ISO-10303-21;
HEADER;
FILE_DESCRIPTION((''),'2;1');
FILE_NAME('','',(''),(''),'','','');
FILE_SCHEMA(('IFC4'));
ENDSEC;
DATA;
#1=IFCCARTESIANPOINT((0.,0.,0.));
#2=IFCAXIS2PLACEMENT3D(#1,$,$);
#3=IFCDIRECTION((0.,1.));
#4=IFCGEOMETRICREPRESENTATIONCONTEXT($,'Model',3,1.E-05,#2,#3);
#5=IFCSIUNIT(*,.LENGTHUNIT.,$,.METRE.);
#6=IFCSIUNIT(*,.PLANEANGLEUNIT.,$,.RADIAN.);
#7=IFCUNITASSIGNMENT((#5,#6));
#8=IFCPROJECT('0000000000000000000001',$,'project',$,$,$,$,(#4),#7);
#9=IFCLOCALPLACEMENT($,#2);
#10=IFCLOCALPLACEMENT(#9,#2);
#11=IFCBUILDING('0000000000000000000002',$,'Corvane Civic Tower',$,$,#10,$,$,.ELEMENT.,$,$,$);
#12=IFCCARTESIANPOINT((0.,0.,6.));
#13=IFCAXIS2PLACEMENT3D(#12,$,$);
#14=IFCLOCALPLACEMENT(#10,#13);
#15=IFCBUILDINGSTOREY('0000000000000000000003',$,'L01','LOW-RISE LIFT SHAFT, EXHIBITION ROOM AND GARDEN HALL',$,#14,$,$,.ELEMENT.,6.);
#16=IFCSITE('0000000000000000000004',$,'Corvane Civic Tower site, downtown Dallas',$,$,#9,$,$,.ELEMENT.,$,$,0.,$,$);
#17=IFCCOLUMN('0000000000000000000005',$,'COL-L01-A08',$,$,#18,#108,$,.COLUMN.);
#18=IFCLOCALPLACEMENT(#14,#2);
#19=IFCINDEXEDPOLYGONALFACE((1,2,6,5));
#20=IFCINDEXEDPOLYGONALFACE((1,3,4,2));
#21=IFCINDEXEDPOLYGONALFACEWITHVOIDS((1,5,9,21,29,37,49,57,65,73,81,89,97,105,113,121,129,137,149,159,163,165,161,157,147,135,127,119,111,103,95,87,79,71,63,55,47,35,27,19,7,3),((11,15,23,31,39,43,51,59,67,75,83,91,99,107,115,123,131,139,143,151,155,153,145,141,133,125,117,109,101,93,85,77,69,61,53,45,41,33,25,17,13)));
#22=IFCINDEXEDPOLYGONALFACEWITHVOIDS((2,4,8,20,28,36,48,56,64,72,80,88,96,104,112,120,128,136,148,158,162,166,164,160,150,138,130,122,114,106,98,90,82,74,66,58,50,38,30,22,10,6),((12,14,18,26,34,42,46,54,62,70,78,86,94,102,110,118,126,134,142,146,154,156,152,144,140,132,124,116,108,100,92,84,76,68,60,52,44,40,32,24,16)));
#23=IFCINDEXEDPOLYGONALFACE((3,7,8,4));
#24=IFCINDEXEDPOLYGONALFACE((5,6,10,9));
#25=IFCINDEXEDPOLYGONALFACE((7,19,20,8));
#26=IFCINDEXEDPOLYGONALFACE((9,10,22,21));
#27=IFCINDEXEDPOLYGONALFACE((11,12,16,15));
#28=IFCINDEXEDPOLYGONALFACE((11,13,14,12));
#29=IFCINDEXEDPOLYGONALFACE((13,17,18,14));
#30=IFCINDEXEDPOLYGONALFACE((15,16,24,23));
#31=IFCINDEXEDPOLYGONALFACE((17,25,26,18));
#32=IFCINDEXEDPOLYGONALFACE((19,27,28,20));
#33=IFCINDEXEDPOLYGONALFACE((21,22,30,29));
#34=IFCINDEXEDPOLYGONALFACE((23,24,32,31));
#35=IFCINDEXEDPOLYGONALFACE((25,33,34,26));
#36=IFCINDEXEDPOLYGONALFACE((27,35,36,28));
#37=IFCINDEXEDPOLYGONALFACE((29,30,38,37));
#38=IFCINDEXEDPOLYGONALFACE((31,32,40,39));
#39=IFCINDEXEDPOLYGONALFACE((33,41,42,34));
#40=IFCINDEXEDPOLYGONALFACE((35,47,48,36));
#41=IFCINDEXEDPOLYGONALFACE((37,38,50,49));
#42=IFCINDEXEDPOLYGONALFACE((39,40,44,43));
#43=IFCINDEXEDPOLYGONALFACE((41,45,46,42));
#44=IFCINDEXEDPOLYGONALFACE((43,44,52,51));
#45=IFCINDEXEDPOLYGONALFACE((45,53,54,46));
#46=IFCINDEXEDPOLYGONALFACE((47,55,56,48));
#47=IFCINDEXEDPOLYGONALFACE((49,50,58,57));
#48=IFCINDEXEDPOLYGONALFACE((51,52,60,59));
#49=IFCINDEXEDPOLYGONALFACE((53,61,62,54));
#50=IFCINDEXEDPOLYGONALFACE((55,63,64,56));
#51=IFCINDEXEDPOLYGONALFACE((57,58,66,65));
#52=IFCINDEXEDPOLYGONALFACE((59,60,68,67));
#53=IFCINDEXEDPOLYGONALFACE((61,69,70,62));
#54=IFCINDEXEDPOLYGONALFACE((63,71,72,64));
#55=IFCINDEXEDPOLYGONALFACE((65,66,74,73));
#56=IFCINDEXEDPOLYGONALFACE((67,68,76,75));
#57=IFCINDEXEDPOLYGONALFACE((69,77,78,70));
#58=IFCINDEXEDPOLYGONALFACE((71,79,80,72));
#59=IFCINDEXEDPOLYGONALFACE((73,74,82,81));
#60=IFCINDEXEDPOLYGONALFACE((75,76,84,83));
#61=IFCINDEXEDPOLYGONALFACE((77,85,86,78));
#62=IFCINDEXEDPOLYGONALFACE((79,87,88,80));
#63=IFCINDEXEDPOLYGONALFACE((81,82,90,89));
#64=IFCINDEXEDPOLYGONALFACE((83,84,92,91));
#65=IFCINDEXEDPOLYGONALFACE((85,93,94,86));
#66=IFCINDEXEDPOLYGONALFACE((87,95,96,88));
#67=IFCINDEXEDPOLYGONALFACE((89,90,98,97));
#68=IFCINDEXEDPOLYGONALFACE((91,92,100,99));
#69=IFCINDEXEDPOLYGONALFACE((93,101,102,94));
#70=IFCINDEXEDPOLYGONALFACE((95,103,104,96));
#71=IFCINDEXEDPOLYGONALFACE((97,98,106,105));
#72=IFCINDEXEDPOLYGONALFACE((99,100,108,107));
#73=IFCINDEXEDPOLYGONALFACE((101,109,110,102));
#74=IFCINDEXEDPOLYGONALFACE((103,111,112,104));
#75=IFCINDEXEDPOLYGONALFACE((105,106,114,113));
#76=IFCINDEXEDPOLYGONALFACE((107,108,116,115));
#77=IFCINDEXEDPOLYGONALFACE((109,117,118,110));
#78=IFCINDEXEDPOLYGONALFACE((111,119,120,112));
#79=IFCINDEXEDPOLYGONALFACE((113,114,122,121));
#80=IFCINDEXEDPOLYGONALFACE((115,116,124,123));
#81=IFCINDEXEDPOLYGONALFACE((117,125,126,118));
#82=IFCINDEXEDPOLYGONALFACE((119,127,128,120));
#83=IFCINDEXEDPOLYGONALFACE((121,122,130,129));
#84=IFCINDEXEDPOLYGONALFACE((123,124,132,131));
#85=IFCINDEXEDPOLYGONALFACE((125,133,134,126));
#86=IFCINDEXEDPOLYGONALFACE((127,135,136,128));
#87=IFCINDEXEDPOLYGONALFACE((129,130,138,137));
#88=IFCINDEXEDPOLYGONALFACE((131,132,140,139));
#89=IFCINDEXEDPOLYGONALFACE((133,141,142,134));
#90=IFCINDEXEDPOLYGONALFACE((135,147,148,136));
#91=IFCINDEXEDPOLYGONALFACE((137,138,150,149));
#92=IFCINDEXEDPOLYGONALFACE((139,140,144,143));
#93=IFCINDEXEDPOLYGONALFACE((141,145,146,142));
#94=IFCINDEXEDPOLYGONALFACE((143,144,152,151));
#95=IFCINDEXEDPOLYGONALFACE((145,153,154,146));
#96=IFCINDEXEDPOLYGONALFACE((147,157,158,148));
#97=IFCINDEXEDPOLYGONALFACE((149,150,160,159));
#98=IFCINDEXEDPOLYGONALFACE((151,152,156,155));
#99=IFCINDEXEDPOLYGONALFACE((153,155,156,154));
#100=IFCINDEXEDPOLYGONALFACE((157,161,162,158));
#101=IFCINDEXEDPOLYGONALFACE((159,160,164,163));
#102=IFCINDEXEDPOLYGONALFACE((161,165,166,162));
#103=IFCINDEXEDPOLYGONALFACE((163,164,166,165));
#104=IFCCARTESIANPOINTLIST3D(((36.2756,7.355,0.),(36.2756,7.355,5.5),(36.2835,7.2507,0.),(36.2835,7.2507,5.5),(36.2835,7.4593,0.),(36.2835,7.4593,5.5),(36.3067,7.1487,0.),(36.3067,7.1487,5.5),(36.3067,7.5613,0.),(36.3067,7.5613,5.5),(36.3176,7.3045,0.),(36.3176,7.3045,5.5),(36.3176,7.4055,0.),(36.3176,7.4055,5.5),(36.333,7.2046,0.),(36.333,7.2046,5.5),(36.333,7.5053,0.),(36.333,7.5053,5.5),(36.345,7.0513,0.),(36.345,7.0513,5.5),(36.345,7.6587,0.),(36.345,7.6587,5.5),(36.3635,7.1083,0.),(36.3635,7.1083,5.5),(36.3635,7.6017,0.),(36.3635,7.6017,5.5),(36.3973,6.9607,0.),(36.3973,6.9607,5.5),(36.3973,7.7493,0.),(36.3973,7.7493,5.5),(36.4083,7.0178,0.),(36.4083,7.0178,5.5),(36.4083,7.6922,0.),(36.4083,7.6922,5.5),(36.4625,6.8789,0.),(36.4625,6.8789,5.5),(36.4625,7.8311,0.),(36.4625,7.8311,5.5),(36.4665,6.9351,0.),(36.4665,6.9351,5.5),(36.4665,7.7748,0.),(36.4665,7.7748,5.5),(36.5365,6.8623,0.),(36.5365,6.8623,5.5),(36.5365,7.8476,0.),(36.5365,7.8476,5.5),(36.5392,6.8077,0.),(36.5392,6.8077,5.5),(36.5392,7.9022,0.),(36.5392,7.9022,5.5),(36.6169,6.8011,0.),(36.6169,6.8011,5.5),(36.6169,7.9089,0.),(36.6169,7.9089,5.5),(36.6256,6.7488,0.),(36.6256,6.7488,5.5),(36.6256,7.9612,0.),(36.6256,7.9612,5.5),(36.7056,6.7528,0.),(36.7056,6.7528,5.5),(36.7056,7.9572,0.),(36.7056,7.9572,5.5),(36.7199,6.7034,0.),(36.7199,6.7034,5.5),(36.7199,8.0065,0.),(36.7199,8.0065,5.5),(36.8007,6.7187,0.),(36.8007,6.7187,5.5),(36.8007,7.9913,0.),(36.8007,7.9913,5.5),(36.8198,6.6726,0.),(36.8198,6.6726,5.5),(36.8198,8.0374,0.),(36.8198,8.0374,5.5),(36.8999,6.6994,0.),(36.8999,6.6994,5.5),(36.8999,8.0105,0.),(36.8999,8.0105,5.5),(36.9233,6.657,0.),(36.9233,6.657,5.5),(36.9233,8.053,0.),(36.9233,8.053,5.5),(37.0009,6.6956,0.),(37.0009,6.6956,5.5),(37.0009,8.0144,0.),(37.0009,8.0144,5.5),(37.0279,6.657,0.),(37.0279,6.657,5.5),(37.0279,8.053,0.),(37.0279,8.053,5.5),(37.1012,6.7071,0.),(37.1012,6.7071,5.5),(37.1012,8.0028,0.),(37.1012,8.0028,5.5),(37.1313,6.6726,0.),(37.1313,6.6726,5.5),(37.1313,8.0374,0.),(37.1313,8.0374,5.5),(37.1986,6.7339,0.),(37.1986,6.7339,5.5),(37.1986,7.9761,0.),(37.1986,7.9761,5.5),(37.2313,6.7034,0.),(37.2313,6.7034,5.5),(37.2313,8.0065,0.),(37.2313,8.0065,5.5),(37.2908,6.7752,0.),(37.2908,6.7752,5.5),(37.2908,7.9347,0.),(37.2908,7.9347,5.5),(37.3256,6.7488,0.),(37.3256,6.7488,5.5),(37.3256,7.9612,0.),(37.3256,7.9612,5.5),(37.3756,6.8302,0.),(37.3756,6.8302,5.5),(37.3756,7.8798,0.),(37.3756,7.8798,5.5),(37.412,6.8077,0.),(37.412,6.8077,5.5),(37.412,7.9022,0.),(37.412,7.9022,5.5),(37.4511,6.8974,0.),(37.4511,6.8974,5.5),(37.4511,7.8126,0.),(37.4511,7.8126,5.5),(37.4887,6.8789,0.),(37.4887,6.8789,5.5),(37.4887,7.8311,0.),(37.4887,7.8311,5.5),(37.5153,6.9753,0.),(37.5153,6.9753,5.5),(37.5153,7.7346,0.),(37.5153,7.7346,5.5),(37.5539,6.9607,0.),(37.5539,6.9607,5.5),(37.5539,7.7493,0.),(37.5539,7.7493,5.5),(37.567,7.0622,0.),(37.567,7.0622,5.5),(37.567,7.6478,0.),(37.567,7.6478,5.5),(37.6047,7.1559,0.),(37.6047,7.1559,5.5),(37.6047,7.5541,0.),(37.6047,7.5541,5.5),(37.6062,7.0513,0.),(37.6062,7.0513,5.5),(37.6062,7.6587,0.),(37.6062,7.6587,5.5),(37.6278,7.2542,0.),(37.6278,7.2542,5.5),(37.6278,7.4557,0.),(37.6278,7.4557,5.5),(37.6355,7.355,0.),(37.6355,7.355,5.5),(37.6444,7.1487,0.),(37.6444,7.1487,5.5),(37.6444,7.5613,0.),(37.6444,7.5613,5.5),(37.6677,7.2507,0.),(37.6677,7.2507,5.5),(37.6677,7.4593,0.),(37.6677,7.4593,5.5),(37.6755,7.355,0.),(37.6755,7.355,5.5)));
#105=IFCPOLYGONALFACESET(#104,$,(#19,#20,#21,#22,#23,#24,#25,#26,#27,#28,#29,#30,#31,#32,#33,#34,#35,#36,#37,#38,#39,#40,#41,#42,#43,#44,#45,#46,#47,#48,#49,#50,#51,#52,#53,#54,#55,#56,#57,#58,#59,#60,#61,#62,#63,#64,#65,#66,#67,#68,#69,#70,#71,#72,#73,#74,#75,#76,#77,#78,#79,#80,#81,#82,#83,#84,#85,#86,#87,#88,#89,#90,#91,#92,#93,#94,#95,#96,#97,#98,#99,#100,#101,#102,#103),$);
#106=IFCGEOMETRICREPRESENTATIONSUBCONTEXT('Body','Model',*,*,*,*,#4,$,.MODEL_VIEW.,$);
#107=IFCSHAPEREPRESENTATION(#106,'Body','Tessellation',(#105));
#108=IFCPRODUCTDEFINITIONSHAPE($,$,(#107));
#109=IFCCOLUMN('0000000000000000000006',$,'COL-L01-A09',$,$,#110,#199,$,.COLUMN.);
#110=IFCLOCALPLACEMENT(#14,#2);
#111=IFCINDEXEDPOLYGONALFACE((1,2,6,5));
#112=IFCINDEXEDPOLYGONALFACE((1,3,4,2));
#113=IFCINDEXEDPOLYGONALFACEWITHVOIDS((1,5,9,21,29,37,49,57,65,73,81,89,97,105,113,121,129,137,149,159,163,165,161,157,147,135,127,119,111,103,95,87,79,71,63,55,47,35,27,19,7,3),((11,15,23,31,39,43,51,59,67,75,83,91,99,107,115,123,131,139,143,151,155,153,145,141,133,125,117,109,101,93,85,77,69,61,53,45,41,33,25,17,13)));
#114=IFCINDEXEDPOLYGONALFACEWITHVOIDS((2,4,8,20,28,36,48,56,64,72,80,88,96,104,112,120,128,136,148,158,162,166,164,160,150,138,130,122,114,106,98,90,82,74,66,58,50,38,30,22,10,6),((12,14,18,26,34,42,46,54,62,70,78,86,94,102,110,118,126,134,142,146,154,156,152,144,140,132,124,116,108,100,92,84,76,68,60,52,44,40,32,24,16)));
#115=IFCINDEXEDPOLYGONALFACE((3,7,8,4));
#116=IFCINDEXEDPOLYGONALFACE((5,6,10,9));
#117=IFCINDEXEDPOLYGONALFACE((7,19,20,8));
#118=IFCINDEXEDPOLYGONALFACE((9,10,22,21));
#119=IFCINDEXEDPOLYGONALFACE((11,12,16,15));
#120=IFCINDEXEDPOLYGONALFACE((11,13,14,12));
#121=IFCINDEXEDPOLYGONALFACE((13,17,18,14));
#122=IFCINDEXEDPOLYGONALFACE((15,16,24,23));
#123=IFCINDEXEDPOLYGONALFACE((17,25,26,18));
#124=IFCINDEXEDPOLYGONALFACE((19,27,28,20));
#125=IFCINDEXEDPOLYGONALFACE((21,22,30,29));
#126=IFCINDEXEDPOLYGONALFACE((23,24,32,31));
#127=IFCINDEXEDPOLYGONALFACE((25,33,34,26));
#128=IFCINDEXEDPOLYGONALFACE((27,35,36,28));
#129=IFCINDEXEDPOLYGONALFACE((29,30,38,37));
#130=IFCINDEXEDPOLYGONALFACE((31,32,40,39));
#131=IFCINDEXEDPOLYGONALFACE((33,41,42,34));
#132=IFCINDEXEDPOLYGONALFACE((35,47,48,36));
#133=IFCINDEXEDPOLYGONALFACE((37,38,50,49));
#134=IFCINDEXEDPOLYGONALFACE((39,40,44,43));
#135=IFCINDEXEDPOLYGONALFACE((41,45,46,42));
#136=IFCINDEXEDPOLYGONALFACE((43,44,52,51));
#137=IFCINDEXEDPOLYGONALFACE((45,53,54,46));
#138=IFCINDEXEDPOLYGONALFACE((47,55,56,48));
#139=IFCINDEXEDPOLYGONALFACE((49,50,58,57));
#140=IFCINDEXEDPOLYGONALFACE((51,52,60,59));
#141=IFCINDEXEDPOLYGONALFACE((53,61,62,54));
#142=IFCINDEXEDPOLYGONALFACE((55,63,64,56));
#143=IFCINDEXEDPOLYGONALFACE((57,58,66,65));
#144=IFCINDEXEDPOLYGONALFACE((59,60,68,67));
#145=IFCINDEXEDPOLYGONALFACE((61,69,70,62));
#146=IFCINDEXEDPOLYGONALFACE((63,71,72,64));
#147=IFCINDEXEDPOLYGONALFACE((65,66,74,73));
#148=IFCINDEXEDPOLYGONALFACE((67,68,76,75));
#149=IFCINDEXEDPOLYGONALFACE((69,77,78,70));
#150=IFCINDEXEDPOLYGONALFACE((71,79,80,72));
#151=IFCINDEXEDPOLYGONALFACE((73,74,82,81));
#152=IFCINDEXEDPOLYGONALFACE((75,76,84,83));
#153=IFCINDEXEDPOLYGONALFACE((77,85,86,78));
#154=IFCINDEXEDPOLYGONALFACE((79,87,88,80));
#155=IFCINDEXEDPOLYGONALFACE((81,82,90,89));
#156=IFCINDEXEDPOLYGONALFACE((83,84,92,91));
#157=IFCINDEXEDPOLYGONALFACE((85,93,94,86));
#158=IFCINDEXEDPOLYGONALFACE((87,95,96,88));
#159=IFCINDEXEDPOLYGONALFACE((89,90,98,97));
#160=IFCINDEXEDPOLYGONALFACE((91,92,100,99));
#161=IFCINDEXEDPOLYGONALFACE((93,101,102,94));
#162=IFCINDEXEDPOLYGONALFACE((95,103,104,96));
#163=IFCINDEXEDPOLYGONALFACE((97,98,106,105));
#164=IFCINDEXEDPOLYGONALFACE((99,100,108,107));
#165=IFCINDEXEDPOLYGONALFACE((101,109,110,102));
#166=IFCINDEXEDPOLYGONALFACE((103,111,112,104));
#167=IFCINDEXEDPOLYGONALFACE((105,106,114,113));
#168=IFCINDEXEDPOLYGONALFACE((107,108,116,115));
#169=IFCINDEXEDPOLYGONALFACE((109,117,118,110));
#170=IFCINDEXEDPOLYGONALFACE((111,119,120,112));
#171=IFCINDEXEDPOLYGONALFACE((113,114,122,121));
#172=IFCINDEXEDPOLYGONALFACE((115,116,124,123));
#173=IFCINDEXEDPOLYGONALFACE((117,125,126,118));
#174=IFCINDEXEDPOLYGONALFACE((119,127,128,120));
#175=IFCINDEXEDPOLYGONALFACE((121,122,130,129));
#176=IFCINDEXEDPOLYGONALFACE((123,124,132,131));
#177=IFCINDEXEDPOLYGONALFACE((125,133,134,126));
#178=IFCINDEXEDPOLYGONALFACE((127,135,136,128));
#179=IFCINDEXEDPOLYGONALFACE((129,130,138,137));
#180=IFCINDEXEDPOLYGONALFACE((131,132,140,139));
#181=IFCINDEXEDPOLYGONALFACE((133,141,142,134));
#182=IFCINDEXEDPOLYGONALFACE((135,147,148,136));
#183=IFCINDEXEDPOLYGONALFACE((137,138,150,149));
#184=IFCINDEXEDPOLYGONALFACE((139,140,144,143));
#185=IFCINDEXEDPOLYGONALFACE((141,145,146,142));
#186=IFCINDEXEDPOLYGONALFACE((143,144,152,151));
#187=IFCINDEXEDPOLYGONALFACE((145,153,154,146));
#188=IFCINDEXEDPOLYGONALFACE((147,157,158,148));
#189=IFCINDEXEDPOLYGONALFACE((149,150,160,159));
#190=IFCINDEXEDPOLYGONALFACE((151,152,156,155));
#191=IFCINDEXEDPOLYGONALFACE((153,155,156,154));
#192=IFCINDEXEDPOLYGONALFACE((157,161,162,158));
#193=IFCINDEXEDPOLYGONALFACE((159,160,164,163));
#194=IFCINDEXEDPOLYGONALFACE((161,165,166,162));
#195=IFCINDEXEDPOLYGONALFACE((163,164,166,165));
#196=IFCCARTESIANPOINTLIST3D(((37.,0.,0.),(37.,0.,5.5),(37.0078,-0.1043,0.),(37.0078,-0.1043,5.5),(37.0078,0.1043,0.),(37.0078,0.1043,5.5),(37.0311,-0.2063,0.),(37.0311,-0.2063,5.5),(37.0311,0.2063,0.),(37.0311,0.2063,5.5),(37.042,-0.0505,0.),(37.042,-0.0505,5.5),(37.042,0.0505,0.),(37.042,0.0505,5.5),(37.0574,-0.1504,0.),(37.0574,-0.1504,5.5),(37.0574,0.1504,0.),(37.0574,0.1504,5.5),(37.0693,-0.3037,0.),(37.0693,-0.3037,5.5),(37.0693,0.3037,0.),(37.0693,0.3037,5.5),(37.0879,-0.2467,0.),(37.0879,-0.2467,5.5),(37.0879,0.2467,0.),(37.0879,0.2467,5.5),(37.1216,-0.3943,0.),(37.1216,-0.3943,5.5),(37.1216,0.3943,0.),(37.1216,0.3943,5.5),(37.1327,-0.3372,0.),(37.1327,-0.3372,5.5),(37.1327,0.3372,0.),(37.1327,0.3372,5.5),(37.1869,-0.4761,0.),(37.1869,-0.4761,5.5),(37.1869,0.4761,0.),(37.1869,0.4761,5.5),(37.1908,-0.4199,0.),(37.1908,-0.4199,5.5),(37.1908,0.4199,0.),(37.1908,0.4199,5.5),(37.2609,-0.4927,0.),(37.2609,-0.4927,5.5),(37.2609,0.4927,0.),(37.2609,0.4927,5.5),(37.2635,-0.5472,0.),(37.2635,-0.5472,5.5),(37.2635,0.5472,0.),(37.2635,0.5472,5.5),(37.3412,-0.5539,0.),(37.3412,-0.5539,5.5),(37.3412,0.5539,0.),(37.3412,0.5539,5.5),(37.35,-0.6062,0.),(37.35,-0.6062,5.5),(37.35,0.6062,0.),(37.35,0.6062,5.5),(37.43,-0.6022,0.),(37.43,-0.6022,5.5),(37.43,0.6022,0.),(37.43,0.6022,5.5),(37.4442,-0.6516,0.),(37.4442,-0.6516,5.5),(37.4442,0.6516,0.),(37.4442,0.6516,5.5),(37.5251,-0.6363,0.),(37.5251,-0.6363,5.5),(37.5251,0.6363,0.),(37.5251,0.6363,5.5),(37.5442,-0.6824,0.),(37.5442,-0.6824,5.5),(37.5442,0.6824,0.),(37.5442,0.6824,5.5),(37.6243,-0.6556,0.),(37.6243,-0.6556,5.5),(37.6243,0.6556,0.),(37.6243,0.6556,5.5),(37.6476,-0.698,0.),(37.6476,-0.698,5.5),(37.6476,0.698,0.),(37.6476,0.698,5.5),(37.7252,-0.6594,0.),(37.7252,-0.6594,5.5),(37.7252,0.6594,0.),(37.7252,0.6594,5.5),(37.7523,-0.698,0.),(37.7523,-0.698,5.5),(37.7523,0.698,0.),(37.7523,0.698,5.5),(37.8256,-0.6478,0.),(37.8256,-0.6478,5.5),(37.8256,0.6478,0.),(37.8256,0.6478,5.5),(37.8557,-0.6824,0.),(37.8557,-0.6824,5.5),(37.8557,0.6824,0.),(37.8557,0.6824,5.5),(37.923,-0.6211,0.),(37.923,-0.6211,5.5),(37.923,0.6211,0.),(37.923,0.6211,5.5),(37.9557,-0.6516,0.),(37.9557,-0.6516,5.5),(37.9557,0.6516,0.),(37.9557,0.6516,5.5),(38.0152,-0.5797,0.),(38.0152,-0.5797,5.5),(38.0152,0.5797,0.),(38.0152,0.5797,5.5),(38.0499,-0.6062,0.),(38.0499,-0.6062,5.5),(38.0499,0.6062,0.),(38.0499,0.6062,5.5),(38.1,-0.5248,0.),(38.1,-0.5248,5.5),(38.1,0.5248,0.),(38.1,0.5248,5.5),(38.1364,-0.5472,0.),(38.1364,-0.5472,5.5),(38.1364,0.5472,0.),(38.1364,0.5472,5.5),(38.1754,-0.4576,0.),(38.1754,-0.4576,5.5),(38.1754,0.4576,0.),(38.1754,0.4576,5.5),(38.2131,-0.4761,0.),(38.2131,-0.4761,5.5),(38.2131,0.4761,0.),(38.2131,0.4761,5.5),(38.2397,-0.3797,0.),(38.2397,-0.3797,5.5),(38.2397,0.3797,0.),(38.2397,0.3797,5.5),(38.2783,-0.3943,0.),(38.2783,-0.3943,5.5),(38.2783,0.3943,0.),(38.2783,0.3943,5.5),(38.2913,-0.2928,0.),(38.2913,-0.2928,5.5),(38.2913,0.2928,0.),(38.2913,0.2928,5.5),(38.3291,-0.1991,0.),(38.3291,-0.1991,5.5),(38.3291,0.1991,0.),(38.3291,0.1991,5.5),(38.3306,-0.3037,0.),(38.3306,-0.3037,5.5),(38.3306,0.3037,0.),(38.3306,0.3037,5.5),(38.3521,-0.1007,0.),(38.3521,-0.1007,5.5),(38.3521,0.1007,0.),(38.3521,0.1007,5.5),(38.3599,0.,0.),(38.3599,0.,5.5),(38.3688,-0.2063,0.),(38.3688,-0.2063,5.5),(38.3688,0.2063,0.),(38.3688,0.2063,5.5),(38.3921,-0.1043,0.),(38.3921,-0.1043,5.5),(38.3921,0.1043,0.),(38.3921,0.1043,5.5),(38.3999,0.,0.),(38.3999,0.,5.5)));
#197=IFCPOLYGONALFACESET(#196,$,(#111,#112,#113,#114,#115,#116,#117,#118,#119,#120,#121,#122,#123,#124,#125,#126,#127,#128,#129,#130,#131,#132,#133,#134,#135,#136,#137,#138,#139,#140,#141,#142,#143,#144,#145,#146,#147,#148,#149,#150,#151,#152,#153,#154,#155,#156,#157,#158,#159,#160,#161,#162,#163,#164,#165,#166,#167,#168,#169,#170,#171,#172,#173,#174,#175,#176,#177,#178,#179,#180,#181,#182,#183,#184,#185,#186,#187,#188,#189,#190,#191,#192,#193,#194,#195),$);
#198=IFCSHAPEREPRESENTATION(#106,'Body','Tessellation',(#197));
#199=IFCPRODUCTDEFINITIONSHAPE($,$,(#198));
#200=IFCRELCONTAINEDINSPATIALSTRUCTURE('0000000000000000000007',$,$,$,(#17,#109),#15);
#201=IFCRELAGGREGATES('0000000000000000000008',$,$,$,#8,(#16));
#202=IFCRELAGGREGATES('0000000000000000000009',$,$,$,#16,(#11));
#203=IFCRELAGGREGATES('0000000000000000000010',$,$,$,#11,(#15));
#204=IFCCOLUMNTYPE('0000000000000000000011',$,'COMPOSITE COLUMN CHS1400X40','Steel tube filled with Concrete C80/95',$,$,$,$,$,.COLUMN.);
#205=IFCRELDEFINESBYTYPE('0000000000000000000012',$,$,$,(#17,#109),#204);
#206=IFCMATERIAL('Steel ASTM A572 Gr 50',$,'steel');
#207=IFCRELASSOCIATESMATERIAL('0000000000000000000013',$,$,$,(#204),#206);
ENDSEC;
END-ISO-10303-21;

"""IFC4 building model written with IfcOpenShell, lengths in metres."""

from ifc_helpers import new_model, si_unit, direction, frame, origin, origin_2d, place, context, subcontext, project, spatial, hollow_circle, extrude, material, material_profile, profile_set, type_object, element, save


model = new_model("IFC4")

# Units and contexts
model_context = context("Model", 3, precision=1e-05, world=origin(), true_north=direction((0.0, 1.0)))
body_context = subcontext(model_context, "Body", "Model", "MODEL_VIEW")
ifc_project = project(units=[si_unit("LENGTHUNIT", "METRE"), si_unit("PLANEANGLEUNIT", "RADIAN")], contexts=[model_context])

# Site, building, storey
site_placement = place(None, origin())
site = spatial("IfcSite", under=ifc_project, at=site_placement, Name="Corvane Civic Tower site, downtown Dallas", CompositionType="ELEMENT", RefElevation=0.0)
building_placement = place(site_placement, origin())
building = spatial("IfcBuilding", under=site, at=building_placement, Name="Corvane Civic Tower", CompositionType="ELEMENT")
storey_placement = place(building_placement, frame((0.0, 0.0, 6.0)))
storey = spatial("IfcBuildingStorey", under=building, at=storey_placement, Name="L01", Description="LOW-RISE LIFT SHAFT, EXHIBITION ROOM AND GARDEN HALL", CompositionType="ELEMENT", Elevation=6.0)

# Columns
ifc_material_1 = material(Name="Steel ASTM A572 Gr 50", Category="steel")
ifc_material_profile_1 = material_profile(ifc_material_1, hollow_circle(Radius=0.7, WallThickness=0.04, at=origin_2d()), Name="CHS1400X40")
ifc_profile_set_1 = profile_set([ifc_material_profile_1], Name="Steel ASTM A572 Gr 50")
column_type_1 = type_object("IfcColumnType", Name="COMPOSITE COLUMN CHS1400X40", Description="Steel tube filled with Concrete C80/95", PredefinedType="COLUMN", material=ifc_profile_set_1)
for number, where, z_axis, x_axis, name in (
    (1, (36.9756, 7.355, 0.0), (0.0, 0.0, 1.0), (1.0, 0.0, 0.0), "COL-L01-A08"),
    (2, (37.7, 0.0, 0.0), (0.0, 0.0, 1.0), (1.0, 0.0, 0.0), "COL-L01-A09"),
):
    element("IfcColumn", number, at=place(storey_placement, frame(where, z_axis=z_axis, x_axis=x_axis)), inside=storey, type_object=column_type_1, Name=name, PredefinedType="COLUMN", context=body_context, shape_type="SweptSolid", body=[
        extrude(hollow_circle(Radius=0.7, WallThickness=0.04, at=origin_2d()), origin(), (0.0, 0.0, 1.0), 5.5),
    ])

save(model, "model.ifc")
